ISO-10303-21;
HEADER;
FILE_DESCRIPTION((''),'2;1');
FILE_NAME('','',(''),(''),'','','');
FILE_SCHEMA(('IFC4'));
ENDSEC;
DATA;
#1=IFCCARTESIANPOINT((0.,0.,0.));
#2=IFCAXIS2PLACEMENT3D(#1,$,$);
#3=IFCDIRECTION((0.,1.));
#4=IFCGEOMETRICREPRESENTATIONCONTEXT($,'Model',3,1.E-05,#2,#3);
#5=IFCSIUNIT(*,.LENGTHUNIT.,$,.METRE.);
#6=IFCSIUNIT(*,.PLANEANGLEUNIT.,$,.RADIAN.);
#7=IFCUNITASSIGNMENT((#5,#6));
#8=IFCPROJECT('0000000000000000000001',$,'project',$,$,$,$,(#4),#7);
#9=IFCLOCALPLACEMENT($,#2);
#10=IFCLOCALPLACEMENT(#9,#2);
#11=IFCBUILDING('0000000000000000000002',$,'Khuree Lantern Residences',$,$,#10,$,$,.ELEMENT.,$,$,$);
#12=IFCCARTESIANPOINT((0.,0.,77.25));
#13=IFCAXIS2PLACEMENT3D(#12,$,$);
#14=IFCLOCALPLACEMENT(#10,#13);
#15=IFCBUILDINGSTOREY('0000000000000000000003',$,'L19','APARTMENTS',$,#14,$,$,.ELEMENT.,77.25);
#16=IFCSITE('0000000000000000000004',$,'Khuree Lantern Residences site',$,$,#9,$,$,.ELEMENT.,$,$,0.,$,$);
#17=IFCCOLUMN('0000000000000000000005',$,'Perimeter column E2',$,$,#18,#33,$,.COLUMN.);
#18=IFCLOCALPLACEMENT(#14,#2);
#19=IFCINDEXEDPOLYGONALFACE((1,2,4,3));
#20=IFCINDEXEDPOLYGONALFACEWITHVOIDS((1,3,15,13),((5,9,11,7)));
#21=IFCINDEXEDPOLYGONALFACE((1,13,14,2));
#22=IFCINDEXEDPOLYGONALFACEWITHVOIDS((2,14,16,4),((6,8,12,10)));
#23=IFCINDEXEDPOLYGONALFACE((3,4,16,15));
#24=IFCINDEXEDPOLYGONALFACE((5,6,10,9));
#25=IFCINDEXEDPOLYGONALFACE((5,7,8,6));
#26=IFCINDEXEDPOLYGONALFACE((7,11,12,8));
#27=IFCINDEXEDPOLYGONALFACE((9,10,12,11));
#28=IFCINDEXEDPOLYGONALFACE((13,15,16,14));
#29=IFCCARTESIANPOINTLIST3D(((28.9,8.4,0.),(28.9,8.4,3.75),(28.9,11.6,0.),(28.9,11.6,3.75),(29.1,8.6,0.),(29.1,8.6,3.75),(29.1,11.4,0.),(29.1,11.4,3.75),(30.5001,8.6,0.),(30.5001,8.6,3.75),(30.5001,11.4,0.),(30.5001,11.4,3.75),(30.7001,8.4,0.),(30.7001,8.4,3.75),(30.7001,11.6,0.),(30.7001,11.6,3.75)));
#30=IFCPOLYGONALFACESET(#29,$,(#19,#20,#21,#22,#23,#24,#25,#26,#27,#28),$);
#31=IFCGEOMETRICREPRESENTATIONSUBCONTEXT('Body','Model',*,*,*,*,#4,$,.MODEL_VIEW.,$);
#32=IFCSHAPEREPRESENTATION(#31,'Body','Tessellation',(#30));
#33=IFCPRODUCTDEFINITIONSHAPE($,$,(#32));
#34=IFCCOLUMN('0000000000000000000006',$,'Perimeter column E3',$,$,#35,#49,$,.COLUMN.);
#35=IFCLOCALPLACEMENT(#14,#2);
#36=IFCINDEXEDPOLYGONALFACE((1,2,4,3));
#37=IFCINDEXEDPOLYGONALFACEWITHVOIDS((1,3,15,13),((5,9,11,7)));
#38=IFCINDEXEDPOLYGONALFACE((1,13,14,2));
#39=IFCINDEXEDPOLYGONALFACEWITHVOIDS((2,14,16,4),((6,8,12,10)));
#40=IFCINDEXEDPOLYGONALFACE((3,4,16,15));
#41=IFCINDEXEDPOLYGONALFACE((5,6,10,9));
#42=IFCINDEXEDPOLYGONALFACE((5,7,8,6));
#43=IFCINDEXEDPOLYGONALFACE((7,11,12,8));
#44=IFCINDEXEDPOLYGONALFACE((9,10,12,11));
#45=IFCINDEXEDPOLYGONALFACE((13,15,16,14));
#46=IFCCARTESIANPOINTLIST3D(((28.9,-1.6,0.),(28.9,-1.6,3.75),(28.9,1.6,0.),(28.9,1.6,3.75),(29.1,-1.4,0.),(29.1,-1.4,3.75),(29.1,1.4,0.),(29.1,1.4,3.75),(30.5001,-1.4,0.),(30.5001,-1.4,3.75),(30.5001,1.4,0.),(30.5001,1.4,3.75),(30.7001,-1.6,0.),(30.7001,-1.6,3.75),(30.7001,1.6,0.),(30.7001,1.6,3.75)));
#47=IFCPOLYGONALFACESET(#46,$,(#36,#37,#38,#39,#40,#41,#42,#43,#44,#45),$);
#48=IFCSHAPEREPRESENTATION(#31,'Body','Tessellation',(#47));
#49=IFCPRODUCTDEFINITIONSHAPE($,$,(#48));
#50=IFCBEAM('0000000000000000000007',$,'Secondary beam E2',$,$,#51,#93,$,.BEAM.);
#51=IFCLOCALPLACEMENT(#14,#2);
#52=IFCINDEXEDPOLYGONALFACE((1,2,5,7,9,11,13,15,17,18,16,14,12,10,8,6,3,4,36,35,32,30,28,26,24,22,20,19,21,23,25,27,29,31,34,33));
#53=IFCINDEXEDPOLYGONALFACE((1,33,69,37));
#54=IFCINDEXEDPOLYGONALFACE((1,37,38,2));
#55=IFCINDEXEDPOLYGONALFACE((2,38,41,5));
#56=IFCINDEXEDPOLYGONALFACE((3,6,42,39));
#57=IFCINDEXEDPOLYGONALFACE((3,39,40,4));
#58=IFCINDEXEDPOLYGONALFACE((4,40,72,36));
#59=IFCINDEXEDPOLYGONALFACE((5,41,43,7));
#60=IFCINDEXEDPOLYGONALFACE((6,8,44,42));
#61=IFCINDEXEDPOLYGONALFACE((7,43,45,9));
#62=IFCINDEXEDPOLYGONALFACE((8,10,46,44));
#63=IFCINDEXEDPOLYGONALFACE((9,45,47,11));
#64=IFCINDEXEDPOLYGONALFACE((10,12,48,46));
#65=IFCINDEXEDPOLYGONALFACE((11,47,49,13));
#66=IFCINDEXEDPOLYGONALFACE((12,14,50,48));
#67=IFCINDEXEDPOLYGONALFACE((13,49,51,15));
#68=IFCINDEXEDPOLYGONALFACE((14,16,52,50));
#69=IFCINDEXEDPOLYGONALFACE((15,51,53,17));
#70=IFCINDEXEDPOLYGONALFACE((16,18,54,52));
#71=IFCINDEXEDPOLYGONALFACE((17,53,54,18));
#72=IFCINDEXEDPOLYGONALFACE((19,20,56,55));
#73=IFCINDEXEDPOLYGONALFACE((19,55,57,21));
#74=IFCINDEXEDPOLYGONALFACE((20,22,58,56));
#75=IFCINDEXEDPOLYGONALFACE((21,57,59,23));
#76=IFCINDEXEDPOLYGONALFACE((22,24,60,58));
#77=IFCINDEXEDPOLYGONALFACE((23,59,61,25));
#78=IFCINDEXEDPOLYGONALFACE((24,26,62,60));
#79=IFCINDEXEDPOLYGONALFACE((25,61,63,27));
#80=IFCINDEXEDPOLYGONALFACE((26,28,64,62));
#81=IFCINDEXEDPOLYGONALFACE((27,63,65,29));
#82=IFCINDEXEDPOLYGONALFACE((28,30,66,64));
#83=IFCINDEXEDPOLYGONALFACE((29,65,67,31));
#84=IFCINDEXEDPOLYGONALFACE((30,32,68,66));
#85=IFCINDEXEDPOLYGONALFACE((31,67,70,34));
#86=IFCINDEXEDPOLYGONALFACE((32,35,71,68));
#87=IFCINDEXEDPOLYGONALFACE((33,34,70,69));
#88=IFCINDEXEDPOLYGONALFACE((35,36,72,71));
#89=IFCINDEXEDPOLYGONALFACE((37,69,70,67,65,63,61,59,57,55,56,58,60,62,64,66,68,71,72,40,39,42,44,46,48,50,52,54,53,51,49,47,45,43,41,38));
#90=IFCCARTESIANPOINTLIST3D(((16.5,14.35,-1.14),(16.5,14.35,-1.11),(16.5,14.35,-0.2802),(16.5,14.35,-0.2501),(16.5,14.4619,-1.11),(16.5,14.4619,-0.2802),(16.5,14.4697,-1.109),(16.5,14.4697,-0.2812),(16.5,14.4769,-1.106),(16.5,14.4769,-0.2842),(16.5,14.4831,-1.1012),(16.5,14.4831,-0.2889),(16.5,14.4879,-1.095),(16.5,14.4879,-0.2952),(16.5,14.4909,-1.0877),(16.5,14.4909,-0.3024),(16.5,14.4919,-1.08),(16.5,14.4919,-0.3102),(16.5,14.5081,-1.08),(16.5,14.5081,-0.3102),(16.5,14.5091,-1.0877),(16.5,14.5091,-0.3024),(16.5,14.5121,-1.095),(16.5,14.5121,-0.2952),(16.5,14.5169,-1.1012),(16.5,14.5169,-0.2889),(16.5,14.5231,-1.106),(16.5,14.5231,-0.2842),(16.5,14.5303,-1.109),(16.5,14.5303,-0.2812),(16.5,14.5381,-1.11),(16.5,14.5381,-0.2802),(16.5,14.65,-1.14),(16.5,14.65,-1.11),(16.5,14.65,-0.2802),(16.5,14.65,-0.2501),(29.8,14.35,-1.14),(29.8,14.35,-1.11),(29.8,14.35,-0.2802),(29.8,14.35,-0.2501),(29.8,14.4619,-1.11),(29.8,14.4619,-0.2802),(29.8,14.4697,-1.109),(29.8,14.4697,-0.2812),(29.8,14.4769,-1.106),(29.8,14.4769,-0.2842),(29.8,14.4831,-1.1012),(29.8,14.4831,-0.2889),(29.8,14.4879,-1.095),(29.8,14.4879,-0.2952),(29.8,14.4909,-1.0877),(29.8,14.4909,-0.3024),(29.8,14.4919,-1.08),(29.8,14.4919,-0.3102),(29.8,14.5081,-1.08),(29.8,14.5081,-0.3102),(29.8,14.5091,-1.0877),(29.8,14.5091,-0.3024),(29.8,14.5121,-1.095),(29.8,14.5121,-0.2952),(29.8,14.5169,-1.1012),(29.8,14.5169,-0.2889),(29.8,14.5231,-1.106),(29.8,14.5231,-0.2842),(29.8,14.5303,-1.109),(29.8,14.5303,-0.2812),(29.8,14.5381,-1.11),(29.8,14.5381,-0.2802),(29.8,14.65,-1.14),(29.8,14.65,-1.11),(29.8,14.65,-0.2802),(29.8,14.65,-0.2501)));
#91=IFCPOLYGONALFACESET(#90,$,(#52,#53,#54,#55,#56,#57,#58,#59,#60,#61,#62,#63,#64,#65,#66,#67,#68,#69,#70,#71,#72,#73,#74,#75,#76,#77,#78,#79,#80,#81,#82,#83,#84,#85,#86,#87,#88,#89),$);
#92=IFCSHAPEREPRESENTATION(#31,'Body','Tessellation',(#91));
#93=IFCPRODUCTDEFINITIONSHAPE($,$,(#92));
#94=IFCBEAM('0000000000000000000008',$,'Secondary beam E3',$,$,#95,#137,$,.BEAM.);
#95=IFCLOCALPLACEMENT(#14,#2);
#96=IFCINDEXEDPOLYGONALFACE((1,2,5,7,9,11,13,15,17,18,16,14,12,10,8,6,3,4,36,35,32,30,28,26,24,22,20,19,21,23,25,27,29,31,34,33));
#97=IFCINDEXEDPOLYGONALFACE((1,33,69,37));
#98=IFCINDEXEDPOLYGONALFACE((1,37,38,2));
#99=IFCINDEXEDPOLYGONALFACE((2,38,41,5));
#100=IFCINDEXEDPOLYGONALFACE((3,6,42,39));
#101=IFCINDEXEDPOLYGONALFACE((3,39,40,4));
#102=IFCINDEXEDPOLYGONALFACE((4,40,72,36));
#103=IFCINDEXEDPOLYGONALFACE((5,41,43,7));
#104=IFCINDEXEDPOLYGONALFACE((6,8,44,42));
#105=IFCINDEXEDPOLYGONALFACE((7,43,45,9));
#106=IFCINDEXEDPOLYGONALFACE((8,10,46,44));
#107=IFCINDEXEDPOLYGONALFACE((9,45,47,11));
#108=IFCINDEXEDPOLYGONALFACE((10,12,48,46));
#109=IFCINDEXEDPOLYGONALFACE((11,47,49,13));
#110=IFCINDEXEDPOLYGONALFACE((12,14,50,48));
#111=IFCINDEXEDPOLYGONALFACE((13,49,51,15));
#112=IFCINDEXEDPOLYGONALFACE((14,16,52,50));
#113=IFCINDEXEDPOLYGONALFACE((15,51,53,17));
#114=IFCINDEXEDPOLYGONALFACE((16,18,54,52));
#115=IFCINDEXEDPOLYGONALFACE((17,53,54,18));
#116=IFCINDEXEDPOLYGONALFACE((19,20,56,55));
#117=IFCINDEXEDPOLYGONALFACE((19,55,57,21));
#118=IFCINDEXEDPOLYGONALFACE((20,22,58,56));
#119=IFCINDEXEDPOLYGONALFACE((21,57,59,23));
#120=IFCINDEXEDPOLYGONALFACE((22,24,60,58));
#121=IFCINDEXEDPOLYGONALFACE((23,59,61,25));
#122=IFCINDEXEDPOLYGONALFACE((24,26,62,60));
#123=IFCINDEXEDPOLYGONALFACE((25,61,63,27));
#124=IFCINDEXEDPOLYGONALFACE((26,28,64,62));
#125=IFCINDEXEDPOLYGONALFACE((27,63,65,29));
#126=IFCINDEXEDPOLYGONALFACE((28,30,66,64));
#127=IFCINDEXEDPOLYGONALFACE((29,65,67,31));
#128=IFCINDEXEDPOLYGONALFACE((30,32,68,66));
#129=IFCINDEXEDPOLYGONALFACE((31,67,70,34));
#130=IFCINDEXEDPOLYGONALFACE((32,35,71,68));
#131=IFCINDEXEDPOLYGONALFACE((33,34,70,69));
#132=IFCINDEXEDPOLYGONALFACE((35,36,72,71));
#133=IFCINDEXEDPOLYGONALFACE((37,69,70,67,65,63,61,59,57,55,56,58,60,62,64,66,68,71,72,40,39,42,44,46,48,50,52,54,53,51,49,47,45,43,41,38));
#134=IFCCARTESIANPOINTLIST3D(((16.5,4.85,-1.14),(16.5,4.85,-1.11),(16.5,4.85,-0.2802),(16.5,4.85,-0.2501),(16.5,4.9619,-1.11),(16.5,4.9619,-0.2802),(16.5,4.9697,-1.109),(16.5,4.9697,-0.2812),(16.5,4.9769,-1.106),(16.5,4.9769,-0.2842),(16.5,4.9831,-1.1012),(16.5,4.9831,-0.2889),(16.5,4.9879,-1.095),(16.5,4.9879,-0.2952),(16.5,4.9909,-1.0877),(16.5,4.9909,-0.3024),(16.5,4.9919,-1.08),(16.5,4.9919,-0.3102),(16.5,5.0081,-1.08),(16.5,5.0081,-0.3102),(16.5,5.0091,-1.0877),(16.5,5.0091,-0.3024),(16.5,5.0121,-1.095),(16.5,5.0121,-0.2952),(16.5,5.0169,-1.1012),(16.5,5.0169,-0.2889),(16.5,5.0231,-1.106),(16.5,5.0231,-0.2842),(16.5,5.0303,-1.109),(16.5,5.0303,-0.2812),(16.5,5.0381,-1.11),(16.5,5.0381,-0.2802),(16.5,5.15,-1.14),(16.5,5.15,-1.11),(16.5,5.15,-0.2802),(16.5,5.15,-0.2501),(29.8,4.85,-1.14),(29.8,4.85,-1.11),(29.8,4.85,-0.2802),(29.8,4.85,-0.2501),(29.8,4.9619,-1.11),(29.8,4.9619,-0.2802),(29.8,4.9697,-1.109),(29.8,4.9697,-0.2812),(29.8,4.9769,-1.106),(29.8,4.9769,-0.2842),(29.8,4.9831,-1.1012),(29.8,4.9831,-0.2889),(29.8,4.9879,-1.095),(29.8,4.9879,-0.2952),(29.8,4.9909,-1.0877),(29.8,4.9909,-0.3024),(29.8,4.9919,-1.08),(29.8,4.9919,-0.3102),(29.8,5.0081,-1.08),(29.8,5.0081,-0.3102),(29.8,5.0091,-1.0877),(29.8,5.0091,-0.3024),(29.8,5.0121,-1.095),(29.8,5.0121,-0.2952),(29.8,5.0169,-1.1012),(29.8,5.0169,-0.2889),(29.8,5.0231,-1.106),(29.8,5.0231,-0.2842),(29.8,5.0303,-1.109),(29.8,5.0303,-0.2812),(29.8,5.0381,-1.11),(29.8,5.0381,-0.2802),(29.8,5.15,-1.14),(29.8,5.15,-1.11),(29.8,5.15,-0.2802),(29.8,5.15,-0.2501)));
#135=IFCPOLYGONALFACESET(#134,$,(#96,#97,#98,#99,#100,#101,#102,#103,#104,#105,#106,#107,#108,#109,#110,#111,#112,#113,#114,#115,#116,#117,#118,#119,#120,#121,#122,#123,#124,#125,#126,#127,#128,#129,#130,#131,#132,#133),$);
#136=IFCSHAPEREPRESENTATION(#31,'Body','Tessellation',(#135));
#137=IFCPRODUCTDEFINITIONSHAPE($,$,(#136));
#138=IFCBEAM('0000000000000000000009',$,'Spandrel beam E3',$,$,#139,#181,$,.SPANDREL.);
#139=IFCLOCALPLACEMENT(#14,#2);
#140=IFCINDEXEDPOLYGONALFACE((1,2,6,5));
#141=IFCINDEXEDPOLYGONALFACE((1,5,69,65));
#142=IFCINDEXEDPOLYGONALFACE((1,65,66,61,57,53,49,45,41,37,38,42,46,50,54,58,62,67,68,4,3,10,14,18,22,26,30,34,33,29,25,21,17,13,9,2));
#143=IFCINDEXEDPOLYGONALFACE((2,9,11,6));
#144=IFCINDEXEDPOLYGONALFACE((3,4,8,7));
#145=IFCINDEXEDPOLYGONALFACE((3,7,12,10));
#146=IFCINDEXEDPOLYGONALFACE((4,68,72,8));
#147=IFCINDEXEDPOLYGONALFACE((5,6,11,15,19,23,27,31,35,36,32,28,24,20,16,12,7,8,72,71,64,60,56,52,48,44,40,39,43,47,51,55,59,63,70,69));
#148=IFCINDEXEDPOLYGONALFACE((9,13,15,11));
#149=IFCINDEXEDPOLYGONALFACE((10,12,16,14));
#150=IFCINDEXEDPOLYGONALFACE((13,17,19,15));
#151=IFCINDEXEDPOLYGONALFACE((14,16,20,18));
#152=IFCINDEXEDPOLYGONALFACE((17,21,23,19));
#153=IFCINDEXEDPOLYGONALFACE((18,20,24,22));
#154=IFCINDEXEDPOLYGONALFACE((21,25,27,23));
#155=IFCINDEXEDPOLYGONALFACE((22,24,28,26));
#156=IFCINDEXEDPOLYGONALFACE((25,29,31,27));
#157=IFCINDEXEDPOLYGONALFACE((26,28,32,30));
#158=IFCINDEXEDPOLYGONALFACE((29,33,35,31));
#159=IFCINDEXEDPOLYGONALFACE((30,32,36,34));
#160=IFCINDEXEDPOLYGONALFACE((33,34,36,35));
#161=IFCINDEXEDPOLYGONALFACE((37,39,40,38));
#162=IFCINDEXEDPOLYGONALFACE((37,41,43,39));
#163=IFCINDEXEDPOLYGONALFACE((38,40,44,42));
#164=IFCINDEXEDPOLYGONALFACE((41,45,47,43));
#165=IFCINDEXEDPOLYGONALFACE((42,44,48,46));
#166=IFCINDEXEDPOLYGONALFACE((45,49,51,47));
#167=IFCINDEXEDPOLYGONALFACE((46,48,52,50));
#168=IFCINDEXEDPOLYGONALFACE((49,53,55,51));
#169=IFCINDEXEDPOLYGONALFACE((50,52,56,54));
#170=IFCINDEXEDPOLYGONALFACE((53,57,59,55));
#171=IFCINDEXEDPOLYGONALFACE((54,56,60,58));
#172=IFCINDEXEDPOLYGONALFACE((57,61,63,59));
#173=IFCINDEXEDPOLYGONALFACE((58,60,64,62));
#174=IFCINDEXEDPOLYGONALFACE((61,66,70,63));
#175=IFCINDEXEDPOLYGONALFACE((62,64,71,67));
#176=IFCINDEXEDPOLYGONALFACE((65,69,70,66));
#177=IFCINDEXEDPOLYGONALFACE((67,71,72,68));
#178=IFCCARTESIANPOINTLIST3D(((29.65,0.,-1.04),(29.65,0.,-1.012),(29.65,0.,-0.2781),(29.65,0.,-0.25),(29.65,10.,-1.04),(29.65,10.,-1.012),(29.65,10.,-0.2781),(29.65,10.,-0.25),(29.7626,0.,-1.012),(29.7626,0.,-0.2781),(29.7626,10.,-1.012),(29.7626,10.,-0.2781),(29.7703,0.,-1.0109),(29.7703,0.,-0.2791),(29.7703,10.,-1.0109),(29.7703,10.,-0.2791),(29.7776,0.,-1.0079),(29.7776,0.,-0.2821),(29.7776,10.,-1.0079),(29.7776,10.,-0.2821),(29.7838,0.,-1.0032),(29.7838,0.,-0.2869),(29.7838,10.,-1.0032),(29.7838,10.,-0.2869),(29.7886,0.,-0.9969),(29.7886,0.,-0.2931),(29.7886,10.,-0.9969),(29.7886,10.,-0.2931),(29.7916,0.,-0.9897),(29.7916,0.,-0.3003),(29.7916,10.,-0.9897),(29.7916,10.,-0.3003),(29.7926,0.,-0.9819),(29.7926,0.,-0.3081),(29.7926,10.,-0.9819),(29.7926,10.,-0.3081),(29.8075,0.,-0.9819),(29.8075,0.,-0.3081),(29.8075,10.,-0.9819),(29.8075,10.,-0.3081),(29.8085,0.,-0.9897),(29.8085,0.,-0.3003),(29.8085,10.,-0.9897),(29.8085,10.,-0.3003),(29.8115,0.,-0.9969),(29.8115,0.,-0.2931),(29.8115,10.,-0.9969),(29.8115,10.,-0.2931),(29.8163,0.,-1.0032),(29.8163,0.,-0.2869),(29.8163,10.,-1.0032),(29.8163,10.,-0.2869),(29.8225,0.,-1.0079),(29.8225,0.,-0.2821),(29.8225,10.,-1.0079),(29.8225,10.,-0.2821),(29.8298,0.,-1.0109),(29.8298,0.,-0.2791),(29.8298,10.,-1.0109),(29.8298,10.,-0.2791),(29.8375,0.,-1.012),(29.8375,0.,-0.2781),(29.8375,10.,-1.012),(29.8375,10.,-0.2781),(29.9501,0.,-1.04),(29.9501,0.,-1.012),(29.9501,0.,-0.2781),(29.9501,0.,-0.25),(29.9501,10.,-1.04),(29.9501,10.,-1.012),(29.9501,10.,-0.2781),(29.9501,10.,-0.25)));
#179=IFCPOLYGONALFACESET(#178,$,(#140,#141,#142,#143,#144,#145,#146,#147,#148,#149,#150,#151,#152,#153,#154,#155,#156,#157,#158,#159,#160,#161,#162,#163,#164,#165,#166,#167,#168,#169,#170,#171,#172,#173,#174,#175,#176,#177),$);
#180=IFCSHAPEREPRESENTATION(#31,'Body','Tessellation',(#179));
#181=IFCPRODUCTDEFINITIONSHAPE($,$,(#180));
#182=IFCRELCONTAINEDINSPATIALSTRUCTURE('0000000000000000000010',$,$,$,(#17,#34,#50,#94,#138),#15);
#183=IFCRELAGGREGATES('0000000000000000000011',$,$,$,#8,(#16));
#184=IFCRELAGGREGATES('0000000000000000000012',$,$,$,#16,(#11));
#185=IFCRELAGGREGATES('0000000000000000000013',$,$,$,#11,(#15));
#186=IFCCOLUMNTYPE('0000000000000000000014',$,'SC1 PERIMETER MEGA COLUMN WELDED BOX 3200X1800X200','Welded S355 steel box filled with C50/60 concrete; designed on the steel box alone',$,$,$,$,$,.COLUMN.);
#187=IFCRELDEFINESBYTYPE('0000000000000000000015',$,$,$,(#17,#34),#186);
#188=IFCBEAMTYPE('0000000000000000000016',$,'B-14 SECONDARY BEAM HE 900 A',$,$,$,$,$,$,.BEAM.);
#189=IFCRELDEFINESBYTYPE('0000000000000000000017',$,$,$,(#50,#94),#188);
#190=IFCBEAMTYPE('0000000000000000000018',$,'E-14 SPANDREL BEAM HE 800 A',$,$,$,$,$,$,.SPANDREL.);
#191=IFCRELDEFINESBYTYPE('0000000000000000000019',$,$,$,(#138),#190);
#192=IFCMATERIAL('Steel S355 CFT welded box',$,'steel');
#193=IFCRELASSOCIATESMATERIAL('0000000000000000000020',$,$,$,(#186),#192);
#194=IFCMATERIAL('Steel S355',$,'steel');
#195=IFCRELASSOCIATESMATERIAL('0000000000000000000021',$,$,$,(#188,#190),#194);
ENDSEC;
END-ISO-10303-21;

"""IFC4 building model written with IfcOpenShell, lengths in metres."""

from ifc_helpers import new_model, si_unit, direction, frame, origin, origin_2d, place, context, subcontext, project, spatial, hollow_rectangle, i_section, extrude, material, material_profile, profile_set, type_object, element, save


model = new_model("IFC4")

# Units and contexts
model_context = context("Model", 3, precision=1e-05, world=origin(), true_north=direction((0.0, 1.0)))
body_context = subcontext(model_context, "Body", "Model", "MODEL_VIEW")
ifc_project = project(units=[si_unit("LENGTHUNIT", "METRE"), si_unit("PLANEANGLEUNIT", "RADIAN")], contexts=[model_context])

# Site, building, storey
site_placement = place(None, origin())
site = spatial("IfcSite", under=ifc_project, at=site_placement, Name="Khuree Lantern Residences site", CompositionType="ELEMENT", RefElevation=0.0)
building_placement = place(site_placement, origin())
building = spatial("IfcBuilding", under=site, at=building_placement, Name="Khuree Lantern Residences", CompositionType="ELEMENT")
storey_placement = place(building_placement, frame((0.0, 0.0, 77.25)))
storey = spatial("IfcBuildingStorey", under=building, at=storey_placement, Name="L19", Description="APARTMENTS", CompositionType="ELEMENT", Elevation=77.25)

# Columns
ifc_material_1 = material(Name="Steel S355 CFT welded box", Category="steel")
ifc_material_profile_1 = material_profile(ifc_material_1, hollow_rectangle(XDim=3.2, YDim=1.8, WallThickness=0.2, at=origin_2d()), Name="WELDED BOX 3200X1800X200")
ifc_profile_set_1 = profile_set([ifc_material_profile_1], Name="Steel S355 CFT welded box")
column_type = type_object("IfcColumnType", Name="SC1 PERIMETER MEGA COLUMN WELDED BOX 3200X1800X200", Description="Welded S355 steel box filled with C50/60 concrete; designed on the steel box alone", PredefinedType="COLUMN", material=ifc_profile_set_1)
for number, where, z_axis, x_axis, name in (
    (1, (29.8, 10.0, 0.0), (0.0, 0.0, 1.0), (0.0, 1.0, 0.0), "Perimeter column E2"),
    (2, (29.8, 0.0, 0.0), (0.0, 0.0, 1.0), (0.0, 1.0, 0.0), "Perimeter column E3"),
):
    element("IfcColumn", number, at=place(storey_placement, frame(where, z_axis=z_axis, x_axis=x_axis)), inside=storey, type_object=column_type, Name=name, PredefinedType="COLUMN", context=body_context, shape_type="SweptSolid", body=[
        extrude(hollow_rectangle(XDim=3.2, YDim=1.8, WallThickness=0.2, at=origin_2d()), origin(), (0.0, 0.0, 1.0), 3.75),
    ])

# Beams
ifc_material_2 = material(Name="Steel S355", Category="steel")
ifc_material_profile_2 = material_profile(ifc_material_2, i_section(OverallWidth=0.3, OverallDepth=0.8899, WebThickness=0.0161, FlangeThickness=0.03, FilletRadius=0.03, at=origin_2d()), Name="HE 900 A")
ifc_profile_set_2 = profile_set([ifc_material_profile_2], Name="Steel S355")
beam_type_1 = type_object("IfcBeamType", Name="B-14 SECONDARY BEAM HE 900 A", PredefinedType="BEAM", material=ifc_profile_set_2)
for number, where, z_axis, x_axis, name in (
    (3, (29.8, 14.5, -0.6951), (-1.0, 0.0, 0.0), (0.0, -1.0, 0.0), "Secondary beam E2"),
    (4, (29.8, 5.0, -0.6951), (-1.0, 0.0, 0.0), (0.0, -1.0, 0.0), "Secondary beam E3"),
):
    element("IfcBeam", number, at=place(storey_placement, frame(where, z_axis=z_axis, x_axis=x_axis)), inside=storey, type_object=beam_type_1, Name=name, PredefinedType="BEAM", context=body_context, shape_type="SweptSolid", body=[
        extrude(i_section(OverallWidth=0.3, OverallDepth=0.8899, WebThickness=0.0161, FlangeThickness=0.03, FilletRadius=0.03, at=origin_2d()), origin(), (0.0, 0.0, 1.0), 13.3),
    ])
ifc_material_profile_3 = material_profile(ifc_material_2, i_section(OverallWidth=0.3, OverallDepth=0.79, WebThickness=0.0149, FlangeThickness=0.0281, FilletRadius=0.03, at=origin_2d()), Name="HE 800 A")
ifc_profile_set_3 = profile_set([ifc_material_profile_3], Name="Steel S355")
beam_type_2 = type_object("IfcBeamType", Name="E-14 SPANDREL BEAM HE 800 A", PredefinedType="SPANDREL", material=ifc_profile_set_3)
for number, where, z_axis, x_axis, name in (
    (5, (29.8, 10.0, -0.645), (0.0, -1.0, 0.0), (1.0, 0.0, 0.0), "Spandrel beam E3"),
):
    element("IfcBeam", number, at=place(storey_placement, frame(where, z_axis=z_axis, x_axis=x_axis)), inside=storey, type_object=beam_type_2, Name=name, PredefinedType="SPANDREL", context=body_context, shape_type="SweptSolid", body=[
        extrude(i_section(OverallWidth=0.3, OverallDepth=0.79, WebThickness=0.0149, FlangeThickness=0.0281, FilletRadius=0.03, at=origin_2d()), origin(), (0.0, 0.0, 1.0), 10.0),
    ])

save(model, "model.ifc")
